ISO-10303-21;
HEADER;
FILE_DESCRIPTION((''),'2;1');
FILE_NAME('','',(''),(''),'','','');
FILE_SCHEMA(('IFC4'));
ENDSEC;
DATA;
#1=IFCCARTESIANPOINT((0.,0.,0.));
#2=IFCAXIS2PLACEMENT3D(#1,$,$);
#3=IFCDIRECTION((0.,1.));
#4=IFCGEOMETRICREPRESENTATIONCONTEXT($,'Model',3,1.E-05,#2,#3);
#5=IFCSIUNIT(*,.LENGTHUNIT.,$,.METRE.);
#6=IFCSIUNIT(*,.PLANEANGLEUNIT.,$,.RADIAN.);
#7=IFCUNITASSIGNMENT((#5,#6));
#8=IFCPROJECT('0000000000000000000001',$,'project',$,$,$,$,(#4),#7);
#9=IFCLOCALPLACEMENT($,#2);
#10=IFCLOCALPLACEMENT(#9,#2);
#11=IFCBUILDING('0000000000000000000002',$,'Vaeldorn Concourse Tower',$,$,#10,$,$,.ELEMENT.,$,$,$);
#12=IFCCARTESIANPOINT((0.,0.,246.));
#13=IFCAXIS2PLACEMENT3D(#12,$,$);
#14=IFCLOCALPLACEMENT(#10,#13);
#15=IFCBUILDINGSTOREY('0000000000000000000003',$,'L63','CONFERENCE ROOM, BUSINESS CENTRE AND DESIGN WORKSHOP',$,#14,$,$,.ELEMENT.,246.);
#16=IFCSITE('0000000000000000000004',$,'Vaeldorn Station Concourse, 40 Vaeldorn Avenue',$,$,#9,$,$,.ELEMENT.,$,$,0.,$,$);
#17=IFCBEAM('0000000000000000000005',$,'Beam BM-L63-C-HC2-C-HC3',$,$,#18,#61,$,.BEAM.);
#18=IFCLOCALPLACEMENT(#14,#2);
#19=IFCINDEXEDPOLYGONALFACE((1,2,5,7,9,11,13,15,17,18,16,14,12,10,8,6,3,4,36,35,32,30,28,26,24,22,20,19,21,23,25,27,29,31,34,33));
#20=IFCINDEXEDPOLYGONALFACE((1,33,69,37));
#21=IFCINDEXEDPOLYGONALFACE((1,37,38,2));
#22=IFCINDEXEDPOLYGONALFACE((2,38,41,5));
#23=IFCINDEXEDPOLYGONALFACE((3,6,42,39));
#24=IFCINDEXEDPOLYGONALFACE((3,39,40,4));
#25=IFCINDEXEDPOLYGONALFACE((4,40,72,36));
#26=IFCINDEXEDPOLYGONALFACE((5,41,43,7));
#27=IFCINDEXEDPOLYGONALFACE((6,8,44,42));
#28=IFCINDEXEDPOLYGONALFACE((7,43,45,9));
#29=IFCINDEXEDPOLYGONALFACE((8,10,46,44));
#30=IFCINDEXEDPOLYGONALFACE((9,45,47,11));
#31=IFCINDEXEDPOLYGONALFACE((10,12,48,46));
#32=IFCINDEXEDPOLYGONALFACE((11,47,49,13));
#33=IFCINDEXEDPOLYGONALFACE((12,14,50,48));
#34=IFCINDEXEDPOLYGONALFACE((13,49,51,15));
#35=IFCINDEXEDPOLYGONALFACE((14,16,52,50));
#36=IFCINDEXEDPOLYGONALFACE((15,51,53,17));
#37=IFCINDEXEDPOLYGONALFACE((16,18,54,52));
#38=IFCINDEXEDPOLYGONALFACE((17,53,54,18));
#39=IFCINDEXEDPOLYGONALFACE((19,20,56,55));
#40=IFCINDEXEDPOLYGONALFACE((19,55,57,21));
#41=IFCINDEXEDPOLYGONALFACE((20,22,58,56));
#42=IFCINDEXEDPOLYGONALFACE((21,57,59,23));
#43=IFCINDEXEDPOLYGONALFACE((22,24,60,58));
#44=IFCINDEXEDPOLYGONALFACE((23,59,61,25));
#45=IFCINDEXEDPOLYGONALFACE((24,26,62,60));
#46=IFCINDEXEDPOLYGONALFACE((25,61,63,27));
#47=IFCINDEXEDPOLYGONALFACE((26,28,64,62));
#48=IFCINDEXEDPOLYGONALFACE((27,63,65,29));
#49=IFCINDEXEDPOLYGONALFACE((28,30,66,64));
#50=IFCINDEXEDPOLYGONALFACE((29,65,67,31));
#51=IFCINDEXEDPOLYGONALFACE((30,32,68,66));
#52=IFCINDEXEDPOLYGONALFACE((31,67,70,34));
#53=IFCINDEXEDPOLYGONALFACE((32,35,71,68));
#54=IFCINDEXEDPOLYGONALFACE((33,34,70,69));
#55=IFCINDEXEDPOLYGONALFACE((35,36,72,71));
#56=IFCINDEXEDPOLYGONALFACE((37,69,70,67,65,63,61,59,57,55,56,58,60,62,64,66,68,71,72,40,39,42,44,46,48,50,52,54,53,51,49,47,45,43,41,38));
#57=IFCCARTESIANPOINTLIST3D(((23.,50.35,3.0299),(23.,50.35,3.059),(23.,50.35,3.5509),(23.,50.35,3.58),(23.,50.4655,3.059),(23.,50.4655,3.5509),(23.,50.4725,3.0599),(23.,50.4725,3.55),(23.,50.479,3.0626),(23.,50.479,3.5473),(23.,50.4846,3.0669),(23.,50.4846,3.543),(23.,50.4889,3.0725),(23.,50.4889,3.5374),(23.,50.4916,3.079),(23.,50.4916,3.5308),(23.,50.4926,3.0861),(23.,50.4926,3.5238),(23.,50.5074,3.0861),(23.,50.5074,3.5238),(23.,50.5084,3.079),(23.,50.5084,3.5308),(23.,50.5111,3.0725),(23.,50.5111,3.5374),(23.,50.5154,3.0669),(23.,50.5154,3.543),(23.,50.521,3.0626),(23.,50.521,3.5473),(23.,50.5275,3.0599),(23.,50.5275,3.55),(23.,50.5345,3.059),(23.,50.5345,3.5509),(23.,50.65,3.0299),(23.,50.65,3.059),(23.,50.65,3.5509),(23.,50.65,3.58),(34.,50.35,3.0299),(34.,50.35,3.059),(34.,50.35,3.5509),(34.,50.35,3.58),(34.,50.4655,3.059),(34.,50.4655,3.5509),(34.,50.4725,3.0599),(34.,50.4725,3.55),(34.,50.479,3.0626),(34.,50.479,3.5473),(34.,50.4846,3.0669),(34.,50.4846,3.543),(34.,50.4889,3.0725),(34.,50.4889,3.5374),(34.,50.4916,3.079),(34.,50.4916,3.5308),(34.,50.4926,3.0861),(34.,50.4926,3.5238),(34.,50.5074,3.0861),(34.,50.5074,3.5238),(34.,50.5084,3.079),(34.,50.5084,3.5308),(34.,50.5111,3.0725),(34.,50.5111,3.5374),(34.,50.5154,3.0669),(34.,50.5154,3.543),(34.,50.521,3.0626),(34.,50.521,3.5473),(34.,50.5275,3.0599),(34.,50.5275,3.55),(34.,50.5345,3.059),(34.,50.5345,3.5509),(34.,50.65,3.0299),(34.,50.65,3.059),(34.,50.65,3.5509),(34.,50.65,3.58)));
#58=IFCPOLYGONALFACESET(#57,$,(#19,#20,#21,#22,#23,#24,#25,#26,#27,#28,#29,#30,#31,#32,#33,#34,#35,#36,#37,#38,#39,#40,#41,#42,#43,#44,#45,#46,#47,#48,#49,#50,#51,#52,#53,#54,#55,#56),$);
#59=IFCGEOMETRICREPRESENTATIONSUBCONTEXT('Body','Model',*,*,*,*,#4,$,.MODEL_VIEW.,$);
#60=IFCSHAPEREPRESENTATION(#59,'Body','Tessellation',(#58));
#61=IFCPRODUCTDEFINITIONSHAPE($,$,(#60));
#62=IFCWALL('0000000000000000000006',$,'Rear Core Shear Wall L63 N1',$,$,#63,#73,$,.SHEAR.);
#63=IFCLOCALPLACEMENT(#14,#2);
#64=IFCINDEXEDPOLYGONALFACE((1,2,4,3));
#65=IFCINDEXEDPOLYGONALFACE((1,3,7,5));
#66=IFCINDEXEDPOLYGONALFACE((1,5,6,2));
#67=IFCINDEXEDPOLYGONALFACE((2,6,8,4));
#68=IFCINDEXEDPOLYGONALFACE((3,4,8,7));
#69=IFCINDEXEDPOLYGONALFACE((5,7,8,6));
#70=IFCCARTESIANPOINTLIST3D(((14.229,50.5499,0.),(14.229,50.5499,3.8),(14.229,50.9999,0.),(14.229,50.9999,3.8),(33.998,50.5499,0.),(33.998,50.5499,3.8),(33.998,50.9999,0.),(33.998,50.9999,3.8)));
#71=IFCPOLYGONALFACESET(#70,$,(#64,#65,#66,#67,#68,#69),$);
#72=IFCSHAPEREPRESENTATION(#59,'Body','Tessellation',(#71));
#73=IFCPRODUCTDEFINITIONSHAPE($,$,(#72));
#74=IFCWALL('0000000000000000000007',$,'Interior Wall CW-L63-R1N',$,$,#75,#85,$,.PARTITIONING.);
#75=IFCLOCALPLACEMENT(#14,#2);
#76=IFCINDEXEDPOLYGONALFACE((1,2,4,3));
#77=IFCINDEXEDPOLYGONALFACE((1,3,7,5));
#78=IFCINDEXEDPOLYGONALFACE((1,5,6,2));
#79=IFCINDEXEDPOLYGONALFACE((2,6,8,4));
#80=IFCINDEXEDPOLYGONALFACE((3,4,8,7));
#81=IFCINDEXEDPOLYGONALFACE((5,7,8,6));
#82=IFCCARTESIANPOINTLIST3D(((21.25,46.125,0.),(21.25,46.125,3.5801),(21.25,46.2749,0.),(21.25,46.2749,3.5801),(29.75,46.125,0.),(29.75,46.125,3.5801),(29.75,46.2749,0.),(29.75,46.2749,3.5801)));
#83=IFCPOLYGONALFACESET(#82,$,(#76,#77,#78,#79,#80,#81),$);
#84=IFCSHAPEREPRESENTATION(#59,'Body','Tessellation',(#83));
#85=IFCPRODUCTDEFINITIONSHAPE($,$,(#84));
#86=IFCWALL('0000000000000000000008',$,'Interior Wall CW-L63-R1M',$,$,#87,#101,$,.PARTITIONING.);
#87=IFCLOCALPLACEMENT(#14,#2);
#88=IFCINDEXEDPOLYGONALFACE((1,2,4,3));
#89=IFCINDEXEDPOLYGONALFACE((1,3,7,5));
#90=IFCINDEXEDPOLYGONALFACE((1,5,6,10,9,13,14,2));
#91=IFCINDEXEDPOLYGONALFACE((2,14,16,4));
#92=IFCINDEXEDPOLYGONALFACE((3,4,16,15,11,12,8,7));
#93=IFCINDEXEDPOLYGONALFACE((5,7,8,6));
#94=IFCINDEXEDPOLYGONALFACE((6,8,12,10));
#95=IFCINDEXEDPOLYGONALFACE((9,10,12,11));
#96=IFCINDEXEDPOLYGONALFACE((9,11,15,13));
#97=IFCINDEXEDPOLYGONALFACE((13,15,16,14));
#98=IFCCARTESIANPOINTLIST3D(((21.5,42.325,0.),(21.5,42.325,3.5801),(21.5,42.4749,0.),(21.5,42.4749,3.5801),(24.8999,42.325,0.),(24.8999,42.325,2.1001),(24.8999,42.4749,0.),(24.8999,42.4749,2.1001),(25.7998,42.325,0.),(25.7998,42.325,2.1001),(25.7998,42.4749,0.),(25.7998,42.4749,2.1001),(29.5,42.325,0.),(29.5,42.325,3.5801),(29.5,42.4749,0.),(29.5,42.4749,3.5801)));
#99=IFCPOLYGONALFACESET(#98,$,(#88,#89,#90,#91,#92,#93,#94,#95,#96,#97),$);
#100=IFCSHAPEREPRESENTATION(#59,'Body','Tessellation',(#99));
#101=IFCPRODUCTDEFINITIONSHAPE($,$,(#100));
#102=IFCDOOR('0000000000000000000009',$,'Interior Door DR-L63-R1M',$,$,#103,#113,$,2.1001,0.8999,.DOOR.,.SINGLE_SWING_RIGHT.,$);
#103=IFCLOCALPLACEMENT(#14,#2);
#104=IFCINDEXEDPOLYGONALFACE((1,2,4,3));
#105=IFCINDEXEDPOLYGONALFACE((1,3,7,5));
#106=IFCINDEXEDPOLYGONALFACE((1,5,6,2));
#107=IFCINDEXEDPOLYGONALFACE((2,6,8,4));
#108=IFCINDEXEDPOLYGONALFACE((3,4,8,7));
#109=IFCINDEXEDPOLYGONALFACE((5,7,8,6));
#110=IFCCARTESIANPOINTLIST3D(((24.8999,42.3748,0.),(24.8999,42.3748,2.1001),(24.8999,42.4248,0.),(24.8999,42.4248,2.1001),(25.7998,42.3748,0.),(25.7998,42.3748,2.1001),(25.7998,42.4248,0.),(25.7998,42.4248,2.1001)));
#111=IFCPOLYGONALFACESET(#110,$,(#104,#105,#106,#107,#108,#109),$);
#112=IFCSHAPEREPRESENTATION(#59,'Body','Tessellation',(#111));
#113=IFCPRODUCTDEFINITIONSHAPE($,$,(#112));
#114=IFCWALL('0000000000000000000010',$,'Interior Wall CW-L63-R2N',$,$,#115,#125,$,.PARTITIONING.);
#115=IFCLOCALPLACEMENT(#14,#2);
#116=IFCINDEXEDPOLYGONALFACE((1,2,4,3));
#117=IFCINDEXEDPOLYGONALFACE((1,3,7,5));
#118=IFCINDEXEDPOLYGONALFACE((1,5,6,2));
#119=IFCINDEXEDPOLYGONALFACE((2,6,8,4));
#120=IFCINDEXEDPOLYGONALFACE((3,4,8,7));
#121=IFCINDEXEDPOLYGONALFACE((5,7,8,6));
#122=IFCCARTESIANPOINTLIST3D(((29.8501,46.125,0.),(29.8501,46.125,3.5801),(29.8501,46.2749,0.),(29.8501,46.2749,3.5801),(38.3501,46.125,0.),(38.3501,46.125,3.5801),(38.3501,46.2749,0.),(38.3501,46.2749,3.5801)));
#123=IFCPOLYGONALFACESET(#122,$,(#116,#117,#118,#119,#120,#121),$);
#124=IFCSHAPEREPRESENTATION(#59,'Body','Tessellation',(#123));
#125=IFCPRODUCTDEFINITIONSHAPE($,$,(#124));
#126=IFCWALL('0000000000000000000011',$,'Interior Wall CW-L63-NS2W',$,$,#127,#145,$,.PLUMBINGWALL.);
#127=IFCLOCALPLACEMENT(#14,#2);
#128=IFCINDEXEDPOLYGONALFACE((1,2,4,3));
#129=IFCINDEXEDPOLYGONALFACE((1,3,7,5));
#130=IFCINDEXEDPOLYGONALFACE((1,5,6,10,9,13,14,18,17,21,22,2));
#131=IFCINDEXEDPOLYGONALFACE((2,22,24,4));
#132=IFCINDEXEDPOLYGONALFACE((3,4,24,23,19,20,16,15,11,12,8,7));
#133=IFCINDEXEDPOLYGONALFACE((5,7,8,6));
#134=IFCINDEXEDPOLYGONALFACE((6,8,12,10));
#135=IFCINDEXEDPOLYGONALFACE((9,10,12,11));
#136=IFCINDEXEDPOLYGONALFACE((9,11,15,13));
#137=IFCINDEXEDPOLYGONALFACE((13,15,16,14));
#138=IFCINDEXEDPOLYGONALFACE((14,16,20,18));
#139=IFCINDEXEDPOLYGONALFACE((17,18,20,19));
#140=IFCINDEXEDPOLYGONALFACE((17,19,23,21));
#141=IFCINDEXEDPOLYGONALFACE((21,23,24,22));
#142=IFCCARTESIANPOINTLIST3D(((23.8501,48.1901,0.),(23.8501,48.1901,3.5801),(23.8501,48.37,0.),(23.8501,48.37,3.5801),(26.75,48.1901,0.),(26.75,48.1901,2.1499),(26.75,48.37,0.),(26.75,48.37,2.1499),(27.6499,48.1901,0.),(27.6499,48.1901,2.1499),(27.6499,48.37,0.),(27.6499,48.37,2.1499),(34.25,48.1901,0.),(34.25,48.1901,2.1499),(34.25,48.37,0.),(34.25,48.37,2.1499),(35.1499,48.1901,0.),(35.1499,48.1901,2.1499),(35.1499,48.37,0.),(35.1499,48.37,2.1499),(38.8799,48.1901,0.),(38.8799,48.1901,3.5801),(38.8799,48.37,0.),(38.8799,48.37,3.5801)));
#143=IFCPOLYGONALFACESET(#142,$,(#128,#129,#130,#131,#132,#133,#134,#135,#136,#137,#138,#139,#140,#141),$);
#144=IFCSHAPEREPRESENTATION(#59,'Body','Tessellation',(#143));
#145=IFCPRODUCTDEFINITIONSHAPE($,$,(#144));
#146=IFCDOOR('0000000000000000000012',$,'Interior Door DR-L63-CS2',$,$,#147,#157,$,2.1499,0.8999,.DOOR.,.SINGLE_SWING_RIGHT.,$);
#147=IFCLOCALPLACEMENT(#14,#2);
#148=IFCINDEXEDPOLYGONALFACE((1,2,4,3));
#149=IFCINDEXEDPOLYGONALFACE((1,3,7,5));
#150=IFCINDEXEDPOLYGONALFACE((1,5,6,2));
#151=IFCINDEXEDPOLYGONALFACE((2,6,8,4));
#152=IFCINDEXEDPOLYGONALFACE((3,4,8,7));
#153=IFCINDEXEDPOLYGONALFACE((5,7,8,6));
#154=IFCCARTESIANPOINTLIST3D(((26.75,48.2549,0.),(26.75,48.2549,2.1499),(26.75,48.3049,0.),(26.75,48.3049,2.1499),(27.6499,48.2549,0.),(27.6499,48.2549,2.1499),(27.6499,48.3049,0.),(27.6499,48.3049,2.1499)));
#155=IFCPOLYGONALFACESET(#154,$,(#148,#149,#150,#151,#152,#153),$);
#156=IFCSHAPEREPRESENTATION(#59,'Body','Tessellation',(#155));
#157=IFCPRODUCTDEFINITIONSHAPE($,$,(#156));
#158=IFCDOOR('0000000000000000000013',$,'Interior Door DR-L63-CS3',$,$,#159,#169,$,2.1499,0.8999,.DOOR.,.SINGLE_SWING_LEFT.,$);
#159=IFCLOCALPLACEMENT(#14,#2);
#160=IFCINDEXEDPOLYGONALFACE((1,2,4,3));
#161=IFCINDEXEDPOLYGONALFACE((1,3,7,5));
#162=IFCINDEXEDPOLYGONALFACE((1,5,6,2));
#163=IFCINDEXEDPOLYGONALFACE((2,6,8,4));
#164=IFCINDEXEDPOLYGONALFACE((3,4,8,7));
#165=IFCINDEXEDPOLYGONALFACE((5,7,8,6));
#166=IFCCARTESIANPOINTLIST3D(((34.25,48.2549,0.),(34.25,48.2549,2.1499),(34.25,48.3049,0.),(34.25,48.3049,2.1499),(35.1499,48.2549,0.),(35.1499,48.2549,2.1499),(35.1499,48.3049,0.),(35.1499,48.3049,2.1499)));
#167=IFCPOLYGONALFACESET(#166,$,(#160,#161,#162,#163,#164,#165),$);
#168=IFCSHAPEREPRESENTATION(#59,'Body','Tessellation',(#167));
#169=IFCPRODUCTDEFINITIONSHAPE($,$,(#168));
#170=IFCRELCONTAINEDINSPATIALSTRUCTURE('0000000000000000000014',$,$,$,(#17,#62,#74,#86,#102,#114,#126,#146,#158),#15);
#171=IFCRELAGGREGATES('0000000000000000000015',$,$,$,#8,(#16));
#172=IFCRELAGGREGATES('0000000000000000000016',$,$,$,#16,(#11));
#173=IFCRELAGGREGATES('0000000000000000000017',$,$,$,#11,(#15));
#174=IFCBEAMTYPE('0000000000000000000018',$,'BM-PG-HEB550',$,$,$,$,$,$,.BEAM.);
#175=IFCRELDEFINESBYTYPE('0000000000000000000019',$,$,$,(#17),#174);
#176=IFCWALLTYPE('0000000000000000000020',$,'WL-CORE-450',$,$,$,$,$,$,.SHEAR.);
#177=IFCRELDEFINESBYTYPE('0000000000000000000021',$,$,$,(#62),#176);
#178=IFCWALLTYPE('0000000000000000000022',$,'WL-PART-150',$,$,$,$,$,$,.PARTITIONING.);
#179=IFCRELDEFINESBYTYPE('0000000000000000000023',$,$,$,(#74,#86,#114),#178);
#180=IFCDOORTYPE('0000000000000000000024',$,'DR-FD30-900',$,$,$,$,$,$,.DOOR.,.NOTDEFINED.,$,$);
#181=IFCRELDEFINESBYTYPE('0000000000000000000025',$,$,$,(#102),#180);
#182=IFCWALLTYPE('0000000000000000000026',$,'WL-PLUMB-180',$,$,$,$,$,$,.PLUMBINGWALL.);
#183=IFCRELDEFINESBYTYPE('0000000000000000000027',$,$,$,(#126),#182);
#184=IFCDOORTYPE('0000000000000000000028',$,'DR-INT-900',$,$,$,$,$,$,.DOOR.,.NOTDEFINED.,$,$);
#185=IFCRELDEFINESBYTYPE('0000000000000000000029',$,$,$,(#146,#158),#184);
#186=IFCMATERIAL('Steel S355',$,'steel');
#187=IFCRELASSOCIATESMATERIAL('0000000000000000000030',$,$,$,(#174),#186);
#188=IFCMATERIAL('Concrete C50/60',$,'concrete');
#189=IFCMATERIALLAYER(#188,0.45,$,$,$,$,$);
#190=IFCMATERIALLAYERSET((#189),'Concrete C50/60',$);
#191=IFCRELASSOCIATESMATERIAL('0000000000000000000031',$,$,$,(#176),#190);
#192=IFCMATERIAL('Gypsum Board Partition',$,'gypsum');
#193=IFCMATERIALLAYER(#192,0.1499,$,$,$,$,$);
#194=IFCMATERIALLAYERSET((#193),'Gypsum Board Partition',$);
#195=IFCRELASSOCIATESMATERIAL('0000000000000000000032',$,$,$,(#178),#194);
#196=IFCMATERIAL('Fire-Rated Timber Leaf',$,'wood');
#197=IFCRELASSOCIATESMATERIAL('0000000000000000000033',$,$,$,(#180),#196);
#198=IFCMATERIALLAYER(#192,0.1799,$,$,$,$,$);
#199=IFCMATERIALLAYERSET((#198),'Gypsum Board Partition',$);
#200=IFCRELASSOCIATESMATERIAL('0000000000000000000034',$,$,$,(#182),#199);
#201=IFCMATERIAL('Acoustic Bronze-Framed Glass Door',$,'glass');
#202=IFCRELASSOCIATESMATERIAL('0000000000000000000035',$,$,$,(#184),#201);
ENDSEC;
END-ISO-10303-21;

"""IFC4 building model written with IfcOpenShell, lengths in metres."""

from ifc_helpers import new_model, si_unit, direction, frame, frame_2d, origin, origin_2d, place, context, subcontext, project, spatial, rectangle, i_section, extrude, source, transform, mapped, material, layer, layer_set, material_profile, profile_set, type_object, element, fill, save


model = new_model("IFC4")

# Units and contexts
model_context = context("Model", 3, precision=1e-05, world=origin(), true_north=direction((0.0, 1.0)))
body_context = subcontext(model_context, "Body", "Model", "MODEL_VIEW")
ifc_project = project(units=[si_unit("LENGTHUNIT", "METRE"), si_unit("PLANEANGLEUNIT", "RADIAN")], contexts=[model_context])

# Site, building, storey
site_placement = place(None, origin())
site = spatial("IfcSite", under=ifc_project, at=site_placement, Name="Vaeldorn Station Concourse, 40 Vaeldorn Avenue", CompositionType="ELEMENT", RefElevation=0.0)
building_placement = place(site_placement, origin())
building = spatial("IfcBuilding", under=site, at=building_placement, Name="Vaeldorn Concourse Tower", CompositionType="ELEMENT")
storey_placement = place(building_placement, frame((0.0, 0.0, 246.0)))
storey = spatial("IfcBuildingStorey", under=building, at=storey_placement, Name="L63", Description="CONFERENCE ROOM, BUSINESS CENTRE AND DESIGN WORKSHOP", CompositionType="ELEMENT", Elevation=246.0)

# Beam
ifc_material_1 = material(Name="Steel S355", Category="steel")
ifc_material_profile_1 = material_profile(ifc_material_1, i_section(OverallWidth=0.3, OverallDepth=0.55, WebThickness=0.0149, FlangeThickness=0.0291, FilletRadius=0.0271, at=origin_2d()), Name="HEB 550")
ifc_profile_set_1 = profile_set([ifc_material_profile_1], Name="Steel S355")
beam_type_1 = type_object("IfcBeamType", Name="BM-PG-HEB550", PredefinedType="BEAM", material=ifc_profile_set_1)
shared_shape_1 = source(origin(), body_context, "Body", "SweptSolid", [
    extrude(i_section(OverallWidth=0.3, OverallDepth=0.55, WebThickness=0.0149, FlangeThickness=0.0291, FilletRadius=0.0271, at=origin_2d()), origin(), (0.0, 0.0, 1.0), 11.0),
])
beam_1_placement = place(storey_placement, frame((23.0, 50.5, 3.3049), z_axis=(1.0, 0.0, 0.0), x_axis=(0.0, 1.0, 0.0)))
element("IfcBeam", 1, at=beam_1_placement, inside=storey, type_object=beam_type_1, Name="Beam BM-L63-C-HC2-C-HC3", PredefinedType="BEAM", context=body_context, shape_type="MappedRepresentation", body=[
    mapped(shared_shape_1, transform((0.0, 0.0, 0.0), scale=1.0)),
])

# Walls
ifc_material_2 = material(Name="Concrete C50/60", Category="concrete")
ifc_layer_1 = layer(ifc_material_2, 0.45)
ifc_layer_set_1 = layer_set([ifc_layer_1], Name="Concrete C50/60")
wall_type_1 = type_object("IfcWallType", Name="WL-CORE-450", PredefinedType="SHEAR", material=ifc_layer_set_1)
wall_1_placement = place(storey_placement, frame((14.229, 50.7749, 0.0), z_axis=(0.0, 0.0, 1.0), x_axis=(1.0, 0.0, 0.0)))
element("IfcWall", 2, at=wall_1_placement, inside=storey, type_object=wall_type_1, Name="Rear Core Shear Wall L63 N1", PredefinedType="SHEAR", context=body_context, shape_type="SweptSolid", body=[
    extrude(rectangle(XDim=19.769, YDim=0.45, at=frame_2d((9.8845, 0.0))), origin(), (0.0, 0.0, 1.0), 3.8),
])
ifc_material_3 = material(Name="Gypsum Board Partition", Category="gypsum")
ifc_layer_2 = layer(ifc_material_3, 0.1499)
ifc_layer_set_2 = layer_set([ifc_layer_2], Name="Gypsum Board Partition")
wall_type_2 = type_object("IfcWallType", Name="WL-PART-150", PredefinedType="PARTITIONING", material=ifc_layer_set_2)
wall_2_placement = place(storey_placement, frame((21.25, 46.2, 0.0), z_axis=(0.0, 0.0, 1.0), x_axis=(1.0, 0.0, 0.0)))
element("IfcWall", 3, at=wall_2_placement, inside=storey, type_object=wall_type_2, Name="Interior Wall CW-L63-R1N", PredefinedType="PARTITIONING", context=body_context, shape_type="SweptSolid", body=[
    extrude(rectangle(XDim=8.5, YDim=0.1499, at=frame_2d((4.25, 0.0))), origin(), (0.0, 0.0, 1.0), 3.5801),
])

# Wall, opening, door
wall_3_placement = place(storey_placement, frame((21.5, 42.3999, 0.0), z_axis=(0.0, 0.0, 1.0), x_axis=(1.0, 0.0, 0.0)))
wall_3 = element("IfcWall", 4, at=wall_3_placement, inside=storey, type_object=wall_type_2, Name="Interior Wall CW-L63-R1M", PredefinedType="PARTITIONING", context=body_context, shape_type="SweptSolid", body=[
    extrude(rectangle(XDim=8.0, YDim=0.1499, at=frame_2d((4.0, 0.0))), origin(), (0.0, 0.0, 1.0), 3.5801),
])
opening_1_placement = place(wall_3_placement, frame((3.3999, 0.0, 0.0)))
opening_1 = element("IfcOpeningElement", 5, at=opening_1_placement, cuts=wall_3, PredefinedType="OPENING", context=body_context, shape_type="SweptSolid", body=[
    extrude(rectangle(XDim=0.8999, YDim=2.1001, at=frame_2d((0.45, 1.05))), frame((0.0, 0.085, 0.0), z_axis=(0.0, -1.0, 0.0), x_axis=(1.0, 0.0, 0.0)), (0.0, 0.0, 1.0), 0.1699),
])
ifc_material_4 = material(Name="Fire-Rated Timber Leaf", Category="wood")
door_type_1 = type_object("IfcDoorType", Name="DR-FD30-900", OperationType="NOTDEFINED", PredefinedType="DOOR", material=ifc_material_4)
shared_shape_2 = source(origin(), body_context, "Body", "SweptSolid", [
    extrude(rectangle(XDim=0.8999, YDim=2.1001, at=frame_2d((0.45, 1.05))), frame((0.0, 0.0249, 0.0), z_axis=(0.0, -1.0, 0.0), x_axis=(1.0, 0.0, 0.0)), (0.0, 0.0, 1.0), 0.05),
])
door_1_placement = place(opening_1_placement, origin())
door_1 = element("IfcDoor", 6, at=door_1_placement, inside=storey, type_object=door_type_1, Name="Interior Door DR-L63-R1M", OperationType="SINGLE_SWING_RIGHT", OverallHeight=2.1001, OverallWidth=0.8999, PredefinedType="DOOR", context=body_context, shape_type="MappedRepresentation", body=[
    mapped(shared_shape_2, transform((0.0, 0.0, 0.0), scale=1.0)),
])
fill(opening_1, door_1)

# Wall
wall_4_placement = place(storey_placement, frame((29.8501, 46.2, 0.0), z_axis=(0.0, 0.0, 1.0), x_axis=(1.0, 0.0, 0.0)))
element("IfcWall", 7, at=wall_4_placement, inside=storey, type_object=wall_type_2, Name="Interior Wall CW-L63-R2N", PredefinedType="PARTITIONING", context=body_context, shape_type="SweptSolid", body=[
    extrude(rectangle(XDim=8.5, YDim=0.1499, at=frame_2d((4.25, 0.0))), origin(), (0.0, 0.0, 1.0), 3.5801),
])

# Wall, openings, doors
ifc_layer_3 = layer(ifc_material_3, 0.1799)
ifc_layer_set_3 = layer_set([ifc_layer_3], Name="Gypsum Board Partition")
wall_type_3 = type_object("IfcWallType", Name="WL-PLUMB-180", PredefinedType="PLUMBINGWALL", material=ifc_layer_set_3)
wall_5_placement = place(storey_placement, frame((23.8501, 48.28, 0.0), z_axis=(0.0, 0.0, 1.0), x_axis=(1.0, 0.0, 0.0)))
wall_5 = element("IfcWall", 8, at=wall_5_placement, inside=storey, type_object=wall_type_3, Name="Interior Wall CW-L63-NS2W", PredefinedType="PLUMBINGWALL", context=body_context, shape_type="SweptSolid", body=[
    extrude(rectangle(XDim=15.0298, YDim=0.1799, at=frame_2d((7.5149, 0.0))), origin(), (0.0, 0.0, 1.0), 3.5801),
])
opening_2_placement = place(wall_5_placement, frame((2.8999, 0.0, 0.0)))
opening_2 = element("IfcOpeningElement", 9, at=opening_2_placement, cuts=wall_5, PredefinedType="OPENING", context=body_context, shape_type="SweptSolid", body=[
    extrude(rectangle(XDim=0.8999, YDim=2.1499, at=frame_2d((0.45, 1.075))), frame((0.0, 0.1001, 0.0), z_axis=(0.0, -1.0, 0.0), x_axis=(1.0, 0.0, 0.0)), (0.0, 0.0, 1.0), 0.2),
])
opening_3_placement = place(wall_5_placement, frame((10.3999, 0.0, 0.0)))
opening_3 = element("IfcOpeningElement", 10, at=opening_3_placement, cuts=wall_5, PredefinedType="OPENING", context=body_context, shape_type="SweptSolid", body=[
    extrude(rectangle(XDim=0.8999, YDim=2.1499, at=frame_2d((0.45, 1.075))), frame((0.0, 0.1001, 0.0), z_axis=(0.0, -1.0, 0.0), x_axis=(1.0, 0.0, 0.0)), (0.0, 0.0, 1.0), 0.2),
])
ifc_material_5 = material(Name="Acoustic Bronze-Framed Glass Door", Category="glass")
door_type_2 = type_object("IfcDoorType", Name="DR-INT-900", OperationType="NOTDEFINED", PredefinedType="DOOR", material=ifc_material_5)
shared_shape_3 = source(origin(), body_context, "Body", "SweptSolid", [
    extrude(rectangle(XDim=0.8999, YDim=2.1499, at=frame_2d((0.45, 1.075))), frame((0.0, 0.0249, 0.0), z_axis=(0.0, -1.0, 0.0), x_axis=(1.0, 0.0, 0.0)), (0.0, 0.0, 1.0), 0.05),
])
door_2_placement = place(opening_2_placement, origin())
door_2 = element("IfcDoor", 11, at=door_2_placement, inside=storey, type_object=door_type_2, Name="Interior Door DR-L63-CS2", OperationType="SINGLE_SWING_RIGHT", OverallHeight=2.1499, OverallWidth=0.8999, PredefinedType="DOOR", context=body_context, shape_type="MappedRepresentation", body=[
    mapped(shared_shape_3, transform((0.0, 0.0, 0.0), scale=1.0)),
])
fill(opening_2, door_2)
door_3_placement = place(opening_3_placement, origin())
door_3 = element("IfcDoor", 12, at=door_3_placement, inside=storey, type_object=door_type_2, Name="Interior Door DR-L63-CS3", OperationType="SINGLE_SWING_LEFT", OverallHeight=2.1499, OverallWidth=0.8999, PredefinedType="DOOR", context=body_context, shape_type="MappedRepresentation", body=[
    mapped(shared_shape_3, transform((0.0, 0.0, 0.0), scale=1.0)),
])
fill(opening_3, door_3)

save(model, "model.ifc")
